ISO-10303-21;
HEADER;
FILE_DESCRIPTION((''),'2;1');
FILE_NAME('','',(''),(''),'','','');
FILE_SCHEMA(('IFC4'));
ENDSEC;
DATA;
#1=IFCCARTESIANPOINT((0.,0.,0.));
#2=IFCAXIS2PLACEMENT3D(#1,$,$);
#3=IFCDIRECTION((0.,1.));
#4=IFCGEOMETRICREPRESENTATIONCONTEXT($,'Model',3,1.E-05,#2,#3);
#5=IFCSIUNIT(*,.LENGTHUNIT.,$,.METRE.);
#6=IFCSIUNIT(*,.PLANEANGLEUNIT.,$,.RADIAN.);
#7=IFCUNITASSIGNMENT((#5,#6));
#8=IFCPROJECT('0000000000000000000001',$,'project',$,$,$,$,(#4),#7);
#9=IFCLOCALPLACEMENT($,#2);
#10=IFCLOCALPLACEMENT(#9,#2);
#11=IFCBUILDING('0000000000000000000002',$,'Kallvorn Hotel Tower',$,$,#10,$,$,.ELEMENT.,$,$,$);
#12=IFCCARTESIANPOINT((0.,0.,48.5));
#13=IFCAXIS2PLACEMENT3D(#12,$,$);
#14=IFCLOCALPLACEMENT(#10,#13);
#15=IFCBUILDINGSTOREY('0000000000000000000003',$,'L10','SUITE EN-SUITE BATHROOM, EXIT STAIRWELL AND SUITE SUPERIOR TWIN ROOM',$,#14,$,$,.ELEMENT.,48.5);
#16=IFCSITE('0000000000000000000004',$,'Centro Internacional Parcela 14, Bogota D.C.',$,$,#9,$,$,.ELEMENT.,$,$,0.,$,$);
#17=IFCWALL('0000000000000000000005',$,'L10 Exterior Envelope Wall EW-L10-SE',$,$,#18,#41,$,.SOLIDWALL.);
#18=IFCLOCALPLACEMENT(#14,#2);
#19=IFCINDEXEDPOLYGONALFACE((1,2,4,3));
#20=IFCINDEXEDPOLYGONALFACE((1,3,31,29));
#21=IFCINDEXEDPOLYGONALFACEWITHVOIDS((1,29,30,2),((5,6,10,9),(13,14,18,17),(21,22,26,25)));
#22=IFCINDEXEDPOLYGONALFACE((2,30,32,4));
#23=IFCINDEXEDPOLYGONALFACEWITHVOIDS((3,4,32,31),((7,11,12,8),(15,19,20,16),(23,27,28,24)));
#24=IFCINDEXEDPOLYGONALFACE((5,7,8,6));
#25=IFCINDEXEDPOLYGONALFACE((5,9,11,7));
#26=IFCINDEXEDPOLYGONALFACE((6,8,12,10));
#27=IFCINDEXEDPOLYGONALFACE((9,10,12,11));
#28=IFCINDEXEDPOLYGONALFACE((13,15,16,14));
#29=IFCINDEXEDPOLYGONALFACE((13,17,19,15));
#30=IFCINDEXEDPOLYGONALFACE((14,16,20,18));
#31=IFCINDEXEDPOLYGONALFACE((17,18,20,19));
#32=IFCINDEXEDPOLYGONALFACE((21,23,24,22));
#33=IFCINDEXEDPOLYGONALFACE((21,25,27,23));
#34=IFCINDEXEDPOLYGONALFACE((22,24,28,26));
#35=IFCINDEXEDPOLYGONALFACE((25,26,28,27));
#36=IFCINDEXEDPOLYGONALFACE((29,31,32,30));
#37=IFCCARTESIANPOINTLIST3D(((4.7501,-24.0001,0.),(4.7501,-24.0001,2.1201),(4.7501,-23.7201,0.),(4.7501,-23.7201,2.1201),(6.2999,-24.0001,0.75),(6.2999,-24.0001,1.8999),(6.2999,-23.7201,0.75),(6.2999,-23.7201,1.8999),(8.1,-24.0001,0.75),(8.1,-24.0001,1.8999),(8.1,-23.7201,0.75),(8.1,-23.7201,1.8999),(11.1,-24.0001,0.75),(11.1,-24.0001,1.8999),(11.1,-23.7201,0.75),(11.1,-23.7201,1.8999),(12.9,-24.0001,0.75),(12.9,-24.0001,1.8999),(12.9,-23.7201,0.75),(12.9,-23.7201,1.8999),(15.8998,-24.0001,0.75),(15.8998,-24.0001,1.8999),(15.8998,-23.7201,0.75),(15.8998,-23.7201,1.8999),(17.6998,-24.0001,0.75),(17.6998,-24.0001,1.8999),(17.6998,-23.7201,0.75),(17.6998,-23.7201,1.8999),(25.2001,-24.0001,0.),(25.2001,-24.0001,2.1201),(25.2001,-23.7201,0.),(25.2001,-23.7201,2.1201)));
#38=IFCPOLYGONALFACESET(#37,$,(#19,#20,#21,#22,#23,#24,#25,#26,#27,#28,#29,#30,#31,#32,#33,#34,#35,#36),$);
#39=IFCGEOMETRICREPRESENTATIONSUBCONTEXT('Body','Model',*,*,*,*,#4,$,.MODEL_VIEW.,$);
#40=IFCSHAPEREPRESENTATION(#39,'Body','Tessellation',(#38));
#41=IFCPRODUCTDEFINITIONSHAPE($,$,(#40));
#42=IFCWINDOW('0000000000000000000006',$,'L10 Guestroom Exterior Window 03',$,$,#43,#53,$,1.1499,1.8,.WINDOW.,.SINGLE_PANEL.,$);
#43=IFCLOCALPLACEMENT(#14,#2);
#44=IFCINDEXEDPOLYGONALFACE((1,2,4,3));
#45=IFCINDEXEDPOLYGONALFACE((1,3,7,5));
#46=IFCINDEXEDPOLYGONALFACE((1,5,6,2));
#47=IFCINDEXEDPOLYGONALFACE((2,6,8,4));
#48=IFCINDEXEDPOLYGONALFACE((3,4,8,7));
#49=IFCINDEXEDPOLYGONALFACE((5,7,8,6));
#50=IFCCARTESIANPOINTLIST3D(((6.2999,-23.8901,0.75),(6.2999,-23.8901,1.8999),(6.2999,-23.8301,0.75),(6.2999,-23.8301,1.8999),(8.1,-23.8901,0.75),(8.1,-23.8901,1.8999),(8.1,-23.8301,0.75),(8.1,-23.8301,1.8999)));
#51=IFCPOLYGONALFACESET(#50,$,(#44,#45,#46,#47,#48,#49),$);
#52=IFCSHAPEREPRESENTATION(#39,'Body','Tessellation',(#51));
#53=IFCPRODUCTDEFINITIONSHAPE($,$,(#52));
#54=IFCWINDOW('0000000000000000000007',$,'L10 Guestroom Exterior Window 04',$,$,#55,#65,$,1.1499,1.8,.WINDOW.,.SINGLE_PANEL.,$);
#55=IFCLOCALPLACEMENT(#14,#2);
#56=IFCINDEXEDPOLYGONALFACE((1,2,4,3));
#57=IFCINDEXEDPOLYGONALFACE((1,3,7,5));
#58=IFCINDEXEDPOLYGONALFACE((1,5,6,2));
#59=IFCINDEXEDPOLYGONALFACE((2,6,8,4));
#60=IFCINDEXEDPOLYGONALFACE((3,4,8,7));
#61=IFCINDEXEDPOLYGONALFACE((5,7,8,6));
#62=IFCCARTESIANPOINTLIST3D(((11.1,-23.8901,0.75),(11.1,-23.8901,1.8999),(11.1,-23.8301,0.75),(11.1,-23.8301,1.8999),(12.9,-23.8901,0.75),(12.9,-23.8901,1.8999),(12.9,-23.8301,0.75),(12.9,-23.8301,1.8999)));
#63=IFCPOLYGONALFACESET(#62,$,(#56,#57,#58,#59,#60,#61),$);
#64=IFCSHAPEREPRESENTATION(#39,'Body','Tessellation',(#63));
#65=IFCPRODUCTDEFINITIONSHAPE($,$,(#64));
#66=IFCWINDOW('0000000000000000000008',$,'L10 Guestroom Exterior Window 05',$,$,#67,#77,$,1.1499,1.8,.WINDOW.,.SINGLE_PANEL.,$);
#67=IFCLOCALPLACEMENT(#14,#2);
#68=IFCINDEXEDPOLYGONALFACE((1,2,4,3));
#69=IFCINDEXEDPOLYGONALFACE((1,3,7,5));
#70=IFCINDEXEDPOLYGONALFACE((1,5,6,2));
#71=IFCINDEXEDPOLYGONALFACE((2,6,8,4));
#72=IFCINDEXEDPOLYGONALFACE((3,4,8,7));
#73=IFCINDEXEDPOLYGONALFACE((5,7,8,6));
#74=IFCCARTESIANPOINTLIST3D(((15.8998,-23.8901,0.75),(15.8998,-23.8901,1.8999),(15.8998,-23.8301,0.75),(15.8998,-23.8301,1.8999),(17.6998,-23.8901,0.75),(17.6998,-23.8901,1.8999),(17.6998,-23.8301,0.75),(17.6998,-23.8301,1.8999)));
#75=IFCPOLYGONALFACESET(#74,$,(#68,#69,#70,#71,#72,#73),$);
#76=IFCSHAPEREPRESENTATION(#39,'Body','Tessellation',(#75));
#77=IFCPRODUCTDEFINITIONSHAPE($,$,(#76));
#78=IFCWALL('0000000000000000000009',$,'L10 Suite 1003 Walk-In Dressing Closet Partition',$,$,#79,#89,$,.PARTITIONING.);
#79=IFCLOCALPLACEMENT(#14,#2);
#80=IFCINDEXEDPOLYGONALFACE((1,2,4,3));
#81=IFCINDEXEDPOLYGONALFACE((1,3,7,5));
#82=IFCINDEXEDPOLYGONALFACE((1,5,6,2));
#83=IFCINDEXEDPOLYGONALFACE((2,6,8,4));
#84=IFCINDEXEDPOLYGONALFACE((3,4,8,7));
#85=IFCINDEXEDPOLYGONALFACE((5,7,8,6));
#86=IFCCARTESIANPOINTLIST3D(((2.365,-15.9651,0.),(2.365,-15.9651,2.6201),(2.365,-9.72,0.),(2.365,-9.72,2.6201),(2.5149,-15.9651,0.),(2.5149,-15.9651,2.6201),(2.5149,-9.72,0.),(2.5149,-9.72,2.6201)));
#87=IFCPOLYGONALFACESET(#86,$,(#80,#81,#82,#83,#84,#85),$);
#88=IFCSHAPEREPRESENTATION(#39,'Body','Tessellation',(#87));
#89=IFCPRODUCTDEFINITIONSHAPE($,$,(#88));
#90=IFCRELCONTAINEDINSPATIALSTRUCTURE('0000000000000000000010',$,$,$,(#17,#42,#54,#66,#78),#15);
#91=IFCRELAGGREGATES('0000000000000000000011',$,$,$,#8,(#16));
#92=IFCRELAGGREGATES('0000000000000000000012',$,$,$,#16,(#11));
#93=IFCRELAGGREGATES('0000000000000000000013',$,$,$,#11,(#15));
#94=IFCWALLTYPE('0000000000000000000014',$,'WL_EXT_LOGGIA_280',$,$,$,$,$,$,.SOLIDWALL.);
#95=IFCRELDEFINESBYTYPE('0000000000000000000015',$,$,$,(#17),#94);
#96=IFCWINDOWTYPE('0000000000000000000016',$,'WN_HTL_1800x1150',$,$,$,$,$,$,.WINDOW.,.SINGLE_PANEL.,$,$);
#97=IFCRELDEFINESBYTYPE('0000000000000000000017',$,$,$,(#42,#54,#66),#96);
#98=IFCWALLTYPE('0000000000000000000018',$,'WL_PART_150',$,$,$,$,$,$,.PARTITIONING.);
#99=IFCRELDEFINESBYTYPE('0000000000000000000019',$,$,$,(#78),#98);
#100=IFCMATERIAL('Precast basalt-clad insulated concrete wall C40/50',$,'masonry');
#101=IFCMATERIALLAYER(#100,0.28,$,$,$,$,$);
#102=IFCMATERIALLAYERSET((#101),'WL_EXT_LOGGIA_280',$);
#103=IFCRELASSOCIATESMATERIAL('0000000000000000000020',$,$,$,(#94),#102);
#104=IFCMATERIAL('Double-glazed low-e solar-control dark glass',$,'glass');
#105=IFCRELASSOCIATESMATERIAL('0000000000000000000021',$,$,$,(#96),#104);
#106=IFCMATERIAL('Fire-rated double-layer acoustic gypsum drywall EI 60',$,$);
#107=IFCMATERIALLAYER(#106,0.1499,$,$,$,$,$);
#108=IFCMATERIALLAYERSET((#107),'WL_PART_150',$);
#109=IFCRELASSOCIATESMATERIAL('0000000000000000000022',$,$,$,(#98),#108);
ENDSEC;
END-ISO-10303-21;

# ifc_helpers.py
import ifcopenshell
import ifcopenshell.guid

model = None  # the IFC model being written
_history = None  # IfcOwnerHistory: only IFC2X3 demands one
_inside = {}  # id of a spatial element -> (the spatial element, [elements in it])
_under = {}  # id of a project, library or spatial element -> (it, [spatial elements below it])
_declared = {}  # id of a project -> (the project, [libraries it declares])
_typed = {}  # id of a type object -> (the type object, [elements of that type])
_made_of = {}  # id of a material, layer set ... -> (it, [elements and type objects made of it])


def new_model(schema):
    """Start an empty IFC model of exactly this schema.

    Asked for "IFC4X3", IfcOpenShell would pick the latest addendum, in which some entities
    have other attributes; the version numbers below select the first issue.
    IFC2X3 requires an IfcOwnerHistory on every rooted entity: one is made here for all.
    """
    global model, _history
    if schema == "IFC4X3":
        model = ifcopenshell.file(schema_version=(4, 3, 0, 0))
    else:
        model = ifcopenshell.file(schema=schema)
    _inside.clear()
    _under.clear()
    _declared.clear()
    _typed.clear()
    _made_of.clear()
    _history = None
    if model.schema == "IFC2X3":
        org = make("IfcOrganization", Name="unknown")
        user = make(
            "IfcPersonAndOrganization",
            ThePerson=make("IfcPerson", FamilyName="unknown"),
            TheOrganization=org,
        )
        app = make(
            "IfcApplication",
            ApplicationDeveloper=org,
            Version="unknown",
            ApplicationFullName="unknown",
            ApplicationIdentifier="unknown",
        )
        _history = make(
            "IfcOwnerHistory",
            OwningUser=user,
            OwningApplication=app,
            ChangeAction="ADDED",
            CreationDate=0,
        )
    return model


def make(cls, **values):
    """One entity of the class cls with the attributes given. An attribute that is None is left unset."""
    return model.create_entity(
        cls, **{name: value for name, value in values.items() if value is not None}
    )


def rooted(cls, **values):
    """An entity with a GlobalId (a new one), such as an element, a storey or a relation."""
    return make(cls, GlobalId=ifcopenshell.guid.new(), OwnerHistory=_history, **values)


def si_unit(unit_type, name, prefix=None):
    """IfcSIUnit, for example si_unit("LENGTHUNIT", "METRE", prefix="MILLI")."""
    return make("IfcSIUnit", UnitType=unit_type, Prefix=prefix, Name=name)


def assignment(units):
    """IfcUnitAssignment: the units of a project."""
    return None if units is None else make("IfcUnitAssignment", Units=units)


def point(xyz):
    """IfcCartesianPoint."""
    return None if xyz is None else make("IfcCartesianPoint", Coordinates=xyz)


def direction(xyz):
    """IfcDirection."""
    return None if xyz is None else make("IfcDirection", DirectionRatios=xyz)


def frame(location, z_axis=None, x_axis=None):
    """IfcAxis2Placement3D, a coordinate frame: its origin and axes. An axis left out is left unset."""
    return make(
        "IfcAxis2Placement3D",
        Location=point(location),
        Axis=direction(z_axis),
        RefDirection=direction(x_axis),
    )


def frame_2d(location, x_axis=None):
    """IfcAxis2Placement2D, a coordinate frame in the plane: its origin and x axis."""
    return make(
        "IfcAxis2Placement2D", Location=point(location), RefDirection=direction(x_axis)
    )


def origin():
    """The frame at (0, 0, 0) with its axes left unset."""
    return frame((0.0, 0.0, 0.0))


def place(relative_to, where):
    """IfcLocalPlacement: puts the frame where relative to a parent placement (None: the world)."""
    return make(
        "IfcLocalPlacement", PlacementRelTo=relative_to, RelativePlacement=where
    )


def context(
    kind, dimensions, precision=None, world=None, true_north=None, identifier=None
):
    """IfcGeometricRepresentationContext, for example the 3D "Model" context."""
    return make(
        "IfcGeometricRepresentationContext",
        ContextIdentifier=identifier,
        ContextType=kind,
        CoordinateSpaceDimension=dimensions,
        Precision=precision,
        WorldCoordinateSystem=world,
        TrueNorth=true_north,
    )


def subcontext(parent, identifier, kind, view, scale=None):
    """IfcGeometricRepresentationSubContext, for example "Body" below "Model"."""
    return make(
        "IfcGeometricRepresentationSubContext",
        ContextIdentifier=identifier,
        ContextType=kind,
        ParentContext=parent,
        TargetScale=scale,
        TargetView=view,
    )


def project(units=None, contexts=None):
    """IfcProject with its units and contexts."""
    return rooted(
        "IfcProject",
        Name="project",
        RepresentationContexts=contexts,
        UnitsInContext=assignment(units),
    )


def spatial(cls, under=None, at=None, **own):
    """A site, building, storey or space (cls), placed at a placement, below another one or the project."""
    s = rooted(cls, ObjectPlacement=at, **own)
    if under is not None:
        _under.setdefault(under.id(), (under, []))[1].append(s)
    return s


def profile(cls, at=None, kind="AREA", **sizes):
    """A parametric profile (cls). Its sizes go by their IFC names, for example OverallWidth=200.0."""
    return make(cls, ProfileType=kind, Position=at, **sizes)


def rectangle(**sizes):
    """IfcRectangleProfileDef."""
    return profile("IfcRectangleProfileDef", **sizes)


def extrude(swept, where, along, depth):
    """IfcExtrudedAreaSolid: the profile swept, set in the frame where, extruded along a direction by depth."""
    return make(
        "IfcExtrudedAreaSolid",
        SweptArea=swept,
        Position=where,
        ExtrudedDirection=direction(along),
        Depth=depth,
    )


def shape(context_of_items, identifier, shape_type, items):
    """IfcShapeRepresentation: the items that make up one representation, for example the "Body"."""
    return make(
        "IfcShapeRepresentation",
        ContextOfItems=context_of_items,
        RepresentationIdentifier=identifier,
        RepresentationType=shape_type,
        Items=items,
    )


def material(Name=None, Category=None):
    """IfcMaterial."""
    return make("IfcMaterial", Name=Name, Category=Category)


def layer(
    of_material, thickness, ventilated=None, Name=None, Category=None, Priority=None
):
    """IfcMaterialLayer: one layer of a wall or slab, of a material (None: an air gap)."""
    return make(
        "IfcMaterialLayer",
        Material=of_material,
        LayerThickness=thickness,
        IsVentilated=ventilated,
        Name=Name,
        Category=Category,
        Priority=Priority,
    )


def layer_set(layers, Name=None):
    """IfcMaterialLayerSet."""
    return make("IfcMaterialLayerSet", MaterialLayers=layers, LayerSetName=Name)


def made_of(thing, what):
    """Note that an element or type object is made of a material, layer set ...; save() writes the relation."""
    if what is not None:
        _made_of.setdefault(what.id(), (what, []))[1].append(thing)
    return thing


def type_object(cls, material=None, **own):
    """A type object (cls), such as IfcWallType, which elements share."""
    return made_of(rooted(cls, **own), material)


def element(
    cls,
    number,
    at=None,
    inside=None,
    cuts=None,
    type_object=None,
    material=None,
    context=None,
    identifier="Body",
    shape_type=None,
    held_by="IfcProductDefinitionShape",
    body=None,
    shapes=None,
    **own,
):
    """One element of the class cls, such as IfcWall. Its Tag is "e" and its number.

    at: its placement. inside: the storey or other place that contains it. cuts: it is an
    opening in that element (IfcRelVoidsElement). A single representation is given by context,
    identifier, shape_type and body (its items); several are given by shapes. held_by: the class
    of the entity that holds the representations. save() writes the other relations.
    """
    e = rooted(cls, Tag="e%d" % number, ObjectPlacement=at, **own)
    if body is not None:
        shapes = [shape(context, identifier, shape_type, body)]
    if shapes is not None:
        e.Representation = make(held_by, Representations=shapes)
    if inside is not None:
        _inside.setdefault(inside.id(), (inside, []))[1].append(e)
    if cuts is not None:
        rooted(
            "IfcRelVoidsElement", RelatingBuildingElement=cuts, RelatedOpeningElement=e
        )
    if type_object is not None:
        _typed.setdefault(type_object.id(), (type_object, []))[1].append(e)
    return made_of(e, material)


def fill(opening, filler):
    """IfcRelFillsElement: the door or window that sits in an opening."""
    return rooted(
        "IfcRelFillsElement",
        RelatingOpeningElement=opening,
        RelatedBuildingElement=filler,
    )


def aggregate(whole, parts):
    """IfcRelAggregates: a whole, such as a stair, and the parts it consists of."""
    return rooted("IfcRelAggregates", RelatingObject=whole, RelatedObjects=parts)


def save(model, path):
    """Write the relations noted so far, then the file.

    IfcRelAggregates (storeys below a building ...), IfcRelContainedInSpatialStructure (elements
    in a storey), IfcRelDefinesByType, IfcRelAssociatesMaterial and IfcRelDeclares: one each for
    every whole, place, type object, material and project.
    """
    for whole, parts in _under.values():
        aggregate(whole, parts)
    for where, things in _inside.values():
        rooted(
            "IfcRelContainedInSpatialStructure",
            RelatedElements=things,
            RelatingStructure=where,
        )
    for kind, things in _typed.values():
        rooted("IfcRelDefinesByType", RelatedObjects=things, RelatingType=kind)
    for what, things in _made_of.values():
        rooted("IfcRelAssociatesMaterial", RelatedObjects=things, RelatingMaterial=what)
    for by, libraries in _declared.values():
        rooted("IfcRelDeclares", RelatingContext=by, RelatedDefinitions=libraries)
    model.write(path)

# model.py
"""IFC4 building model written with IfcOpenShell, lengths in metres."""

from ifc_helpers import new_model, si_unit, direction, frame, frame_2d, origin, place, context, subcontext, project, spatial, rectangle, extrude, material, layer, layer_set, type_object, element, fill, save


model = new_model("IFC4")

# Units and contexts
model_context = context("Model", 3, precision=1e-05, world=origin(), true_north=direction((0.0, 1.0)))
body_context = subcontext(model_context, "Body", "Model", "MODEL_VIEW")
ifc_project = project(units=[si_unit("LENGTHUNIT", "METRE"), si_unit("PLANEANGLEUNIT", "RADIAN")], contexts=[model_context])

# Site, building, storey
site_placement = place(None, origin())
site = spatial("IfcSite", under=ifc_project, at=site_placement, Name="Centro Internacional Parcela 14, Bogota D.C.", CompositionType="ELEMENT", RefElevation=0.0)
building_placement = place(site_placement, origin())
building = spatial("IfcBuilding", under=site, at=building_placement, Name="Kallvorn Hotel Tower", CompositionType="ELEMENT")
storey_placement = place(building_placement, frame((0.0, 0.0, 48.5)))
storey = spatial("IfcBuildingStorey", under=building, at=storey_placement, Name="L10", Description="SUITE EN-SUITE BATHROOM, EXIT STAIRWELL AND SUITE SUPERIOR TWIN ROOM", CompositionType="ELEMENT", Elevation=48.5)

# Wall, openings, windows
ifc_material_1 = material(Name="Precast basalt-clad insulated concrete wall C40/50", Category="masonry")
ifc_layer_1 = layer(ifc_material_1, 0.28)
ifc_layer_set_1 = layer_set([ifc_layer_1], Name="WL_EXT_LOGGIA_280")
wall_type_1 = type_object("IfcWallType", Name="WL_EXT_LOGGIA_280", PredefinedType="SOLIDWALL", material=ifc_layer_set_1)
wall_1_placement = place(storey_placement, frame((4.75, -23.8601, 0.0), z_axis=(0.0, 0.0, 1.0), x_axis=(1.0, 0.0, 0.0)))
wall_1 = element("IfcWall", 1, at=wall_1_placement, inside=storey, type_object=wall_type_1, Name="L10 Exterior Envelope Wall EW-L10-SE", PredefinedType="SOLIDWALL", context=body_context, shape_type="SweptSolid", body=[
    extrude(rectangle(XDim=20.45, YDim=0.28, at=frame_2d((10.2251, 0.0))), origin(), (0.0, 0.0, 1.0), 2.1201),
])
opening_1_placement = place(wall_1_placement, frame((1.55, 0.0, 0.75)))
opening_1 = element("IfcOpeningElement", 2, at=opening_1_placement, cuts=wall_1, PredefinedType="OPENING", context=body_context, shape_type="SweptSolid", body=[
    extrude(rectangle(XDim=1.8, YDim=1.1499, at=frame_2d((0.8999, 0.575))), frame((0.0, 0.155, 0.0), z_axis=(0.0, -1.0, 0.0), x_axis=(1.0, 0.0, 0.0)), (0.0, 0.0, 1.0), 0.3101),
])
opening_2_placement = place(wall_1_placement, frame((6.3501, 0.0, 0.75)))
opening_2 = element("IfcOpeningElement", 3, at=opening_2_placement, cuts=wall_1, PredefinedType="OPENING", context=body_context, shape_type="SweptSolid", body=[
    extrude(rectangle(XDim=1.8, YDim=1.1499, at=frame_2d((0.8999, 0.575))), frame((0.0, 0.155, 0.0), z_axis=(0.0, -1.0, 0.0), x_axis=(1.0, 0.0, 0.0)), (0.0, 0.0, 1.0), 0.3101),
])
opening_3_placement = place(wall_1_placement, frame((11.1499, 0.0, 0.75)))
opening_3 = element("IfcOpeningElement", 4, at=opening_3_placement, cuts=wall_1, PredefinedType="OPENING", context=body_context, shape_type="SweptSolid", body=[
    extrude(rectangle(XDim=1.8, YDim=1.1499, at=frame_2d((0.8999, 0.575))), frame((0.0, 0.155, 0.0), z_axis=(0.0, -1.0, 0.0), x_axis=(1.0, 0.0, 0.0)), (0.0, 0.0, 1.0), 0.3101),
])
ifc_material_2 = material(Name="Double-glazed low-e solar-control dark glass", Category="glass")
window_type = type_object("IfcWindowType", Name="WN_HTL_1800x1150", PartitioningType="SINGLE_PANEL", PredefinedType="WINDOW", material=ifc_material_2)
window_1_placement = place(opening_1_placement, origin())
window_1 = element("IfcWindow", 5, at=window_1_placement, inside=storey, type_object=window_type, Name="L10 Guestroom Exterior Window 03", OverallHeight=1.1499, OverallWidth=1.8, PartitioningType="SINGLE_PANEL", PredefinedType="WINDOW", context=body_context, shape_type="SweptSolid", body=[
    extrude(rectangle(XDim=1.8, YDim=1.1499, at=frame_2d((0.8999, 0.575))), frame((0.0, 0.03, 0.0), z_axis=(0.0, -1.0, 0.0), x_axis=(1.0, 0.0, 0.0)), (0.0, 0.0, 1.0), 0.0601),
])
fill(opening_1, window_1)
window_2_placement = place(opening_2_placement, origin())
window_2 = element("IfcWindow", 6, at=window_2_placement, inside=storey, type_object=window_type, Name="L10 Guestroom Exterior Window 04", OverallHeight=1.1499, OverallWidth=1.8, PartitioningType="SINGLE_PANEL", PredefinedType="WINDOW", context=body_context, shape_type="SweptSolid", body=[
    extrude(rectangle(XDim=1.8, YDim=1.1499, at=frame_2d((0.8999, 0.575))), frame((0.0, 0.03, 0.0), z_axis=(0.0, -1.0, 0.0), x_axis=(1.0, 0.0, 0.0)), (0.0, 0.0, 1.0), 0.0601),
])
fill(opening_2, window_2)
window_3_placement = place(opening_3_placement, origin())
window_3 = element("IfcWindow", 7, at=window_3_placement, inside=storey, type_object=window_type, Name="L10 Guestroom Exterior Window 05", OverallHeight=1.1499, OverallWidth=1.8, PartitioningType="SINGLE_PANEL", PredefinedType="WINDOW", context=body_context, shape_type="SweptSolid", body=[
    extrude(rectangle(XDim=1.8, YDim=1.1499, at=frame_2d((0.8999, 0.575))), frame((0.0, 0.03, 0.0), z_axis=(0.0, -1.0, 0.0), x_axis=(1.0, 0.0, 0.0)), (0.0, 0.0, 1.0), 0.0601),
])
fill(opening_3, window_3)

# Wall
ifc_material_3 = material(Name="Fire-rated double-layer acoustic gypsum drywall EI 60")
ifc_layer_2 = layer(ifc_material_3, 0.1499)
ifc_layer_set_2 = layer_set([ifc_layer_2], Name="WL_PART_150")
wall_type_2 = type_object("IfcWallType", Name="WL_PART_150", PredefinedType="PARTITIONING", material=ifc_layer_set_2)
wall_2_placement = place(storey_placement, frame((2.4399, -15.9651, 0.0), z_axis=(0.0, 0.0, 1.0), x_axis=(0.0, 1.0, 0.0)))
element("IfcWall", 8, at=wall_2_placement, inside=storey, type_object=wall_type_2, Name="L10 Suite 1003 Walk-In Dressing Closet Partition", PredefinedType="PARTITIONING", context=body_context, shape_type="SweptSolid", body=[
    extrude(rectangle(XDim=6.2451, YDim=0.1499, at=frame_2d((3.1226, 0.0))), origin(), (0.0, 0.0, 1.0), 2.6201),
])

save(model, "model.ifc")
